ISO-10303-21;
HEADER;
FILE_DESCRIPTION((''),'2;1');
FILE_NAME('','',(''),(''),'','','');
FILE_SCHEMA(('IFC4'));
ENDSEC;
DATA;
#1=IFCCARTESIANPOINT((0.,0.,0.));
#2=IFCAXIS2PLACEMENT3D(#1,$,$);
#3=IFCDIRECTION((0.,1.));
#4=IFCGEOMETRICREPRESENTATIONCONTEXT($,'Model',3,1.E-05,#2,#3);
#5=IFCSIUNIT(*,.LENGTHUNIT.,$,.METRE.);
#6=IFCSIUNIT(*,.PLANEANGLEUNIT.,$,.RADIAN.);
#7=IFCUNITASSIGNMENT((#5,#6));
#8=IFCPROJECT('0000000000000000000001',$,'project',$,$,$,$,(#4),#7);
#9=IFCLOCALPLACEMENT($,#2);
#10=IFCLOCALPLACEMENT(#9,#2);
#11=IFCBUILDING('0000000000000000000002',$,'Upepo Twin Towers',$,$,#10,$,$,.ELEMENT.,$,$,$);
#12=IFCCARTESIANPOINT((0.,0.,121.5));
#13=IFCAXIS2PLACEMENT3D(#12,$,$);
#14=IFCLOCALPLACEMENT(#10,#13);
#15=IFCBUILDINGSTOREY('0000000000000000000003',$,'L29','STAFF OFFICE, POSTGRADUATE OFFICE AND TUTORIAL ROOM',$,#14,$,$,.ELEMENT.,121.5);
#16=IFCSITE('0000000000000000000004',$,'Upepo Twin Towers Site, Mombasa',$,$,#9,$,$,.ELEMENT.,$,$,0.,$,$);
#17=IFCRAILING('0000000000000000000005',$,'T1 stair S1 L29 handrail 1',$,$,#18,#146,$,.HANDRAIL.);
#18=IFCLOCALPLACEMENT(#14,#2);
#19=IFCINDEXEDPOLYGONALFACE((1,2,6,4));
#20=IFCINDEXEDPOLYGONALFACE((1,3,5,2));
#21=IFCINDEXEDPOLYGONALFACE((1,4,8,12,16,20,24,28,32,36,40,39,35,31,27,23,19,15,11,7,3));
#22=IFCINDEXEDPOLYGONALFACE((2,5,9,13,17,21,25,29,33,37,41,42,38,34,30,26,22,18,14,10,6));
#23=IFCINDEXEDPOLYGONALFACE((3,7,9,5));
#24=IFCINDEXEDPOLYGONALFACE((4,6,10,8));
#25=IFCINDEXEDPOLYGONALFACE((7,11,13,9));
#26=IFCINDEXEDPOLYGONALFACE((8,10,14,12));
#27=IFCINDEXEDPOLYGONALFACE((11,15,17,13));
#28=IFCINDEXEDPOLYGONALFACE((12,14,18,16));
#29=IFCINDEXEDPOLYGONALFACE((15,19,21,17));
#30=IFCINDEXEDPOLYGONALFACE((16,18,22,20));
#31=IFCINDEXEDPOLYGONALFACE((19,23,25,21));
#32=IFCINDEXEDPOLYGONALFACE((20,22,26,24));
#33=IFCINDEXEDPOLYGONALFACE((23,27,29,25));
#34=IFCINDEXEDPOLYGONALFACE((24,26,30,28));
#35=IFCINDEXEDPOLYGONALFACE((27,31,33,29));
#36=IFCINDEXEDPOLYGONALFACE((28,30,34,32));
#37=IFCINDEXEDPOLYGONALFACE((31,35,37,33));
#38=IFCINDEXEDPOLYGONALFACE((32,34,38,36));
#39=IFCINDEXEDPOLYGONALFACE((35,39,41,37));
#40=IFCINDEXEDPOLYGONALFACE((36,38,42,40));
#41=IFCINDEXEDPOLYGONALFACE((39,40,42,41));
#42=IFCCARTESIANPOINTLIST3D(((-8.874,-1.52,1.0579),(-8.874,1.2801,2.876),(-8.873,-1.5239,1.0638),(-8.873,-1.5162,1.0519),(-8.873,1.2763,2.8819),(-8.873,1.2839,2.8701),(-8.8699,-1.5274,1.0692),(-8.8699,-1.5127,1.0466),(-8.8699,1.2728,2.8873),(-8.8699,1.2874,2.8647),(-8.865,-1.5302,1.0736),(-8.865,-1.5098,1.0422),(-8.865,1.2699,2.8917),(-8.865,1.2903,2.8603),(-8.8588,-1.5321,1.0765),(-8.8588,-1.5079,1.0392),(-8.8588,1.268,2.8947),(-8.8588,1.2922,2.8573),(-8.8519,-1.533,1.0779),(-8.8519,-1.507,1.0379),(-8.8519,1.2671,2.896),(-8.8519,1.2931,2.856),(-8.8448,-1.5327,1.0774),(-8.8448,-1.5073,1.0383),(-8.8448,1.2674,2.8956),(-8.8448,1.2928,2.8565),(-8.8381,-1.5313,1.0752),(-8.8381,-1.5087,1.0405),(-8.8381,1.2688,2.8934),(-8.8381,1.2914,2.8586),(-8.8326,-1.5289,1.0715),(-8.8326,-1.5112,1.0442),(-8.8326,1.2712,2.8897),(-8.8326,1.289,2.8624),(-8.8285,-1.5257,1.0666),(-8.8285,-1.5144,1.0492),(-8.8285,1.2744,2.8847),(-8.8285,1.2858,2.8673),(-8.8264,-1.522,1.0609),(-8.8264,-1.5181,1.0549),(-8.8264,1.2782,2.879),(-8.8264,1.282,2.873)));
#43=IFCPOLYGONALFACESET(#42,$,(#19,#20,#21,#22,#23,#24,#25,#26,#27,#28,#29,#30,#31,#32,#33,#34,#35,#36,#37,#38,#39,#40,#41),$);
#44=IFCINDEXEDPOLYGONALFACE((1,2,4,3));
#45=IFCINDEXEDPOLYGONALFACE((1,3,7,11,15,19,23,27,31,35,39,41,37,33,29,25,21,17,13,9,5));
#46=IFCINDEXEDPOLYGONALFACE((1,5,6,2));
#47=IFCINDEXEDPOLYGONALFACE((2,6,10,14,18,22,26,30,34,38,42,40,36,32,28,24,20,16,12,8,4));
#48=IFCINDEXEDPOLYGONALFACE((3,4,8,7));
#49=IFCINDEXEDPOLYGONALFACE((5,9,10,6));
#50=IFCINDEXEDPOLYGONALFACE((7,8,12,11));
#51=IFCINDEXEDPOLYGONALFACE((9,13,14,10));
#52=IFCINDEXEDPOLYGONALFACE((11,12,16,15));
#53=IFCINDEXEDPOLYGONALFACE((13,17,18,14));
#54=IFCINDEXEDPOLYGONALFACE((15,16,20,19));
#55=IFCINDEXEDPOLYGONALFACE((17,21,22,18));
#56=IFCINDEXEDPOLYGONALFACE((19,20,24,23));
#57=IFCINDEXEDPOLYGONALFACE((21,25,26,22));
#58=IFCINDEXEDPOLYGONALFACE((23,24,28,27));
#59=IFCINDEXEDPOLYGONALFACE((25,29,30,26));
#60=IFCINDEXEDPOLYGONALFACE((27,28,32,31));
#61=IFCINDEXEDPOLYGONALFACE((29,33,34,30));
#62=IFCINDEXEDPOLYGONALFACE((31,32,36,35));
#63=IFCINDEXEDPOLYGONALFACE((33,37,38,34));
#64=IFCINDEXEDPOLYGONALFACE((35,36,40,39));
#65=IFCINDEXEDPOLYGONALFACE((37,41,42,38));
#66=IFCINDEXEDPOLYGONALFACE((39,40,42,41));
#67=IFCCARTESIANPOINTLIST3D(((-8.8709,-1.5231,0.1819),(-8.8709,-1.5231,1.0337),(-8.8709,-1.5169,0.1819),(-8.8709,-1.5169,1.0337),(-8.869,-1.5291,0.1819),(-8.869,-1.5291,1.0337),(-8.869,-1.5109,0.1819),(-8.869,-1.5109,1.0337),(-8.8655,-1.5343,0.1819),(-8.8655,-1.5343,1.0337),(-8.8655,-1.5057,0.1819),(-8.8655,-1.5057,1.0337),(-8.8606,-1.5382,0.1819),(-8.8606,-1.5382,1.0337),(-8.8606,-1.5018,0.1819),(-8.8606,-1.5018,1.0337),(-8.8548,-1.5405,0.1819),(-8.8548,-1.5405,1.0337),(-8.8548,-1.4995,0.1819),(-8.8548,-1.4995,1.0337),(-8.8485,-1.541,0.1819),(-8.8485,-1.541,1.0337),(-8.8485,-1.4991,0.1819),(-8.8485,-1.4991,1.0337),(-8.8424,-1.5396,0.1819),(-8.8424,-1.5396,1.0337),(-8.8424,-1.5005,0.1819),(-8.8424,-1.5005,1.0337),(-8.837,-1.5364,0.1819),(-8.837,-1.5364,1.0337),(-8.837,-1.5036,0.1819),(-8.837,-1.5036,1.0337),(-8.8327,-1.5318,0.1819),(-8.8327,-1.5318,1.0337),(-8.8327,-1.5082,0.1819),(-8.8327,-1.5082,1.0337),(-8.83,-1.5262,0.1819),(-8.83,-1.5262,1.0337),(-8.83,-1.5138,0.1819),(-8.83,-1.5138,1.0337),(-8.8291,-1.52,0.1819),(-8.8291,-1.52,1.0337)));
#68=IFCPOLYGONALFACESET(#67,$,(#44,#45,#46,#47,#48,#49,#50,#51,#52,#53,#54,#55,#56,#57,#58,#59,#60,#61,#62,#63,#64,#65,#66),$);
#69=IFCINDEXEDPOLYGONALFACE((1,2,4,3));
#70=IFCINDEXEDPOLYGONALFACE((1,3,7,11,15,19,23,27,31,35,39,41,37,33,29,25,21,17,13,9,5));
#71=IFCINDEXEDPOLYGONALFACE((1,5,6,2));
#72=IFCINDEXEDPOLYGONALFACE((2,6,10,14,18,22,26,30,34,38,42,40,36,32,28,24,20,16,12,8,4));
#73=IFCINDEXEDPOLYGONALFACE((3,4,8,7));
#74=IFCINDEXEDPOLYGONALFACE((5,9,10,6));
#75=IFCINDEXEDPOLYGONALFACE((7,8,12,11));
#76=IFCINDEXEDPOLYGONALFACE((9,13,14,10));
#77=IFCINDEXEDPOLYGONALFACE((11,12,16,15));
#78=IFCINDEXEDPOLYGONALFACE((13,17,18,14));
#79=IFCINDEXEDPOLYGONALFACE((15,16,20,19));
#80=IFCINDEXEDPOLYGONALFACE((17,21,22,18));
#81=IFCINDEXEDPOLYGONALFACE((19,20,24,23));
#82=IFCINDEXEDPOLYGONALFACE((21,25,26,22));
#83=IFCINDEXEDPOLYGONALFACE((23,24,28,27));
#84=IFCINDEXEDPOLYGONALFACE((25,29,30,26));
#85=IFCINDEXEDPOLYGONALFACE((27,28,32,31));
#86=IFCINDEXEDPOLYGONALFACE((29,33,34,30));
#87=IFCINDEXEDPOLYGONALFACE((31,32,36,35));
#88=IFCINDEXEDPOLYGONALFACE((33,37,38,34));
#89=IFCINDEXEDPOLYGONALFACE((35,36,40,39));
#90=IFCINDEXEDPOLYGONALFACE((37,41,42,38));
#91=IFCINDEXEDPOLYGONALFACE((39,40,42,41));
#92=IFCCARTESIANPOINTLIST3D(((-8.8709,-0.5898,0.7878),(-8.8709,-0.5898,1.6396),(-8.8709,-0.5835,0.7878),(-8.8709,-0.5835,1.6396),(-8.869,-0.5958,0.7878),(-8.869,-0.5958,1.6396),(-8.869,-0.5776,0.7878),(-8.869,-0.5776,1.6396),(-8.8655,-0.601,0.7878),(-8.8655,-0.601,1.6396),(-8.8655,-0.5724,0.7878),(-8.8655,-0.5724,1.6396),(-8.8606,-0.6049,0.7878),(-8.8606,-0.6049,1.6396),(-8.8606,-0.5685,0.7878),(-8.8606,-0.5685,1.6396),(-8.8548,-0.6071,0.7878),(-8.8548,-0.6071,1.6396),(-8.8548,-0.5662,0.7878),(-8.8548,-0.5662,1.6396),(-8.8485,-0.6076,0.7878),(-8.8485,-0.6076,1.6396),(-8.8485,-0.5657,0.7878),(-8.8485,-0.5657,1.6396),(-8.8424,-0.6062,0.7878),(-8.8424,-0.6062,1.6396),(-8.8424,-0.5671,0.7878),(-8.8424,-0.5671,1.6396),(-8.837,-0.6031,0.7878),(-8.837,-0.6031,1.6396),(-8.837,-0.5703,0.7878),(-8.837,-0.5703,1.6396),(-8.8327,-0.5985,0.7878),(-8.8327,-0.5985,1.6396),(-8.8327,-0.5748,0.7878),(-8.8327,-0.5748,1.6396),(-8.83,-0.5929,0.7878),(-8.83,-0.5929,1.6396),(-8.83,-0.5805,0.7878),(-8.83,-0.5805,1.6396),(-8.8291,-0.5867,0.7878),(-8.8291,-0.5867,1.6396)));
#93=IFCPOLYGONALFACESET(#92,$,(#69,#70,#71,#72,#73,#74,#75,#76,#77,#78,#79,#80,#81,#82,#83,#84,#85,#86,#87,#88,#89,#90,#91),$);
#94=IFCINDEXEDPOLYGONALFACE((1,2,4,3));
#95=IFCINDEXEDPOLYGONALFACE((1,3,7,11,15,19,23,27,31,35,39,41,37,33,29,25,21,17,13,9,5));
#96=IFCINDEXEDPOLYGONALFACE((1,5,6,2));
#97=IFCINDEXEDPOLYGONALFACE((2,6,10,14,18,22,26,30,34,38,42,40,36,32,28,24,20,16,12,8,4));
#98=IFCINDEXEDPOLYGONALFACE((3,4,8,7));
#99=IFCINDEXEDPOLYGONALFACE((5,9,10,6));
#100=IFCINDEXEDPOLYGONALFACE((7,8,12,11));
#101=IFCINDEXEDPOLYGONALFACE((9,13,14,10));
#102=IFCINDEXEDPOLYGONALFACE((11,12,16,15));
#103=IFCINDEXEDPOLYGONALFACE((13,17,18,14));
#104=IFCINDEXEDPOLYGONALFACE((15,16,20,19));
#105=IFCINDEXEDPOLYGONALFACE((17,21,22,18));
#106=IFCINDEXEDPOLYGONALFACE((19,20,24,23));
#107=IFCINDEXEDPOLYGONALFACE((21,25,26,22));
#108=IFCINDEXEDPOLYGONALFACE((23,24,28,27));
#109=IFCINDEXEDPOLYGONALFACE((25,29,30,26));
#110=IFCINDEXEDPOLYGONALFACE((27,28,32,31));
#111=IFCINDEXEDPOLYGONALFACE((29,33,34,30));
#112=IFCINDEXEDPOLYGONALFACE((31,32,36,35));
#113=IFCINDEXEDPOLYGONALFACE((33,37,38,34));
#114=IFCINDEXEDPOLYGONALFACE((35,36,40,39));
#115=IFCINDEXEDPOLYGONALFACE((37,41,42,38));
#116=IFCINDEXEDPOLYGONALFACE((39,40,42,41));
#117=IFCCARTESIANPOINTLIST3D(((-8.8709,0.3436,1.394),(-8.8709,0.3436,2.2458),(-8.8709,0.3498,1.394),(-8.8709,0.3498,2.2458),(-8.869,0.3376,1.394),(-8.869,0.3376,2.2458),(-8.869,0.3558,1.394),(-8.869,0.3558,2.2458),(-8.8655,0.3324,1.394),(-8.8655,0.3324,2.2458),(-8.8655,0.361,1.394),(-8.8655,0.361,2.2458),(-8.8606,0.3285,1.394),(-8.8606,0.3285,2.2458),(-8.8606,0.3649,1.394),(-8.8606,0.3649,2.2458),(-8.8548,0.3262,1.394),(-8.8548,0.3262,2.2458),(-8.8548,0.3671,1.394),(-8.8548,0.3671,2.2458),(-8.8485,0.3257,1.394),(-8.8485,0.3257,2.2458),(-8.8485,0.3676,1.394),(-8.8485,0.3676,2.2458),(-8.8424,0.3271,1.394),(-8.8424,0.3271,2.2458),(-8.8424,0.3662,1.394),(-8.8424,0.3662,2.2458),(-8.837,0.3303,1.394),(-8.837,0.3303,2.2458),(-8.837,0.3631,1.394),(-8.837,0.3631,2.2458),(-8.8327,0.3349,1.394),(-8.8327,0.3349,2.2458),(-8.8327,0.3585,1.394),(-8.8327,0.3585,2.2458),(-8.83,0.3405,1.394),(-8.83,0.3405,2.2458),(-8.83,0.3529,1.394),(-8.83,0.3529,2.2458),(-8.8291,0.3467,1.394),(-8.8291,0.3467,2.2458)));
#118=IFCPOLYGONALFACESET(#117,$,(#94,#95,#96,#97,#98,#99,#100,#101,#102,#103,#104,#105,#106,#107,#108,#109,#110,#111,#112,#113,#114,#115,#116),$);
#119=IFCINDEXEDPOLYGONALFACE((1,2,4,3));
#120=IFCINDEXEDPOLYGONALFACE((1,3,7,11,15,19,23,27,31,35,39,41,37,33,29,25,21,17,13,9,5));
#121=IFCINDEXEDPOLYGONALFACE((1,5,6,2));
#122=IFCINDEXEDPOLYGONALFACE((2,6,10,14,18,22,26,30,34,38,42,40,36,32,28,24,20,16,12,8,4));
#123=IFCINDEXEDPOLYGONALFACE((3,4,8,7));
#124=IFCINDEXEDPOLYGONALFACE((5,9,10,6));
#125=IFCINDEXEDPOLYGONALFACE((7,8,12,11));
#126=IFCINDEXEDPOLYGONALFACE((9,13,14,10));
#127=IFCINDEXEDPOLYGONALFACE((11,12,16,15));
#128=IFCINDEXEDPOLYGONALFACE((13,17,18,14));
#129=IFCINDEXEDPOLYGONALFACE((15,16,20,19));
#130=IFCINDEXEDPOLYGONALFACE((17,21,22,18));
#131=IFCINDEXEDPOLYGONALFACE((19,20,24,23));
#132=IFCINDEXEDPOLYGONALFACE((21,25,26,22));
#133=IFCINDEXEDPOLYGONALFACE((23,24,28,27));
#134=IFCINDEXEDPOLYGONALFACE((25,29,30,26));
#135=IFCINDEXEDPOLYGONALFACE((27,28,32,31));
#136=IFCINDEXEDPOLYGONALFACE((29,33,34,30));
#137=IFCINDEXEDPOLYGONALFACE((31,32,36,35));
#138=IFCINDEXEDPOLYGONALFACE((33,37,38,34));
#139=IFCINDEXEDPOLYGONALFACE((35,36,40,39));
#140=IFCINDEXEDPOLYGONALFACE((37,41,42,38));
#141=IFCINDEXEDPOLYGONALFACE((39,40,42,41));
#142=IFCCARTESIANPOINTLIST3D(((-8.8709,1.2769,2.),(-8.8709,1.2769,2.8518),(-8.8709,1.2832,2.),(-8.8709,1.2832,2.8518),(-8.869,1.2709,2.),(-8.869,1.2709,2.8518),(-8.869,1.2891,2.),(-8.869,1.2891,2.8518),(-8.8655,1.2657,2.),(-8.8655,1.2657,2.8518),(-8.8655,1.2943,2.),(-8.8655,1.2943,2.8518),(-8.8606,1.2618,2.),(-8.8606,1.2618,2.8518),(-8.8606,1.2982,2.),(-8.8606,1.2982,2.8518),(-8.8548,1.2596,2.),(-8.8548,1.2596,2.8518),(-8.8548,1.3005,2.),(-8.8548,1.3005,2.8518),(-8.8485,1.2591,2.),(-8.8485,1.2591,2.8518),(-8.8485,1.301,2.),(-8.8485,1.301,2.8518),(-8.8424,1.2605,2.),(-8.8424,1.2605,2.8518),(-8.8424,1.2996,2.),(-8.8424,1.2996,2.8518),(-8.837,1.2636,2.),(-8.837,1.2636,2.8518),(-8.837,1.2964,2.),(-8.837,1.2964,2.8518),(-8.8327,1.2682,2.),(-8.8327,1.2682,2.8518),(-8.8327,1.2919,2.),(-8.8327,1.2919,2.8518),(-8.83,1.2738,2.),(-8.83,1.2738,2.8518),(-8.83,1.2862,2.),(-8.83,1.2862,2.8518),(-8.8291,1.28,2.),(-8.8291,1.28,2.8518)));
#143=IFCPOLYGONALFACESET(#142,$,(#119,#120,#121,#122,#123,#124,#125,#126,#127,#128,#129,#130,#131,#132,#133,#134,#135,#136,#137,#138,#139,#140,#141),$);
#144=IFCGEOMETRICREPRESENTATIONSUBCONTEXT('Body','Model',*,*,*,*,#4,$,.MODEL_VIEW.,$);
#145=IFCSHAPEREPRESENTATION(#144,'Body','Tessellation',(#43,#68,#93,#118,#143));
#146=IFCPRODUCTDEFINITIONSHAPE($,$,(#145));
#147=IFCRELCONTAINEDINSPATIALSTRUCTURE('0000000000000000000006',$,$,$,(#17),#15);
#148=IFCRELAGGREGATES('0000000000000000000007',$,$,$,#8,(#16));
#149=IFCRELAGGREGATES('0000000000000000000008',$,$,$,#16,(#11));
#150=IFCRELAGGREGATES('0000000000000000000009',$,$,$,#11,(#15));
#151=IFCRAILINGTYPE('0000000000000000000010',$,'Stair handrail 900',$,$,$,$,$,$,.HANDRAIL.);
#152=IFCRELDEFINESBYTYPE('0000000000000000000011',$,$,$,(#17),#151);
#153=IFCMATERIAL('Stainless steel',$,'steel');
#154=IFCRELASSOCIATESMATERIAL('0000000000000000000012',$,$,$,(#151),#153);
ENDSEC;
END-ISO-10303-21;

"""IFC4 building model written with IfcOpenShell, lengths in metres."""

from ifc_helpers import new_model, si_unit, direction, frame, origin, origin_2d, place, context, subcontext, project, spatial, circle, extrude, material, type_object, element, save


model = new_model("IFC4")

# Units and contexts
model_context = context("Model", 3, precision=1e-05, world=origin(), true_north=direction((0.0, 1.0)))
body_context = subcontext(model_context, "Body", "Model", "MODEL_VIEW")
ifc_project = project(units=[si_unit("LENGTHUNIT", "METRE"), si_unit("PLANEANGLEUNIT", "RADIAN")], contexts=[model_context])

# Site, building, storey
site_placement = place(None, origin())
site = spatial("IfcSite", under=ifc_project, at=site_placement, Name="Upepo Twin Towers Site, Mombasa", CompositionType="ELEMENT", RefElevation=0.0)
building_placement = place(site_placement, origin())
building = spatial("IfcBuilding", under=site, at=building_placement, Name="Upepo Twin Towers", CompositionType="ELEMENT")
storey_placement = place(building_placement, frame((0.0, 0.0, 121.5)))
storey = spatial("IfcBuildingStorey", under=building, at=storey_placement, Name="L29", Description="STAFF OFFICE, POSTGRADUATE OFFICE AND TUTORIAL ROOM", CompositionType="ELEMENT", Elevation=121.5)

# Railing
ifc_material_1 = material(Name="Stainless steel", Category="steel")
railing_type = type_object("IfcRailingType", Name="Stair handrail 900", PredefinedType="HANDRAIL", material=ifc_material_1)
railing_1_placement = place(storey_placement, frame((-8.8501, -1.52, 0.1819)))
element("IfcRailing", 1, at=railing_1_placement, inside=storey, type_object=railing_type, Name="T1 stair S1 L29 handrail 1", PredefinedType="HANDRAIL", context=body_context, shape_type="SweptSolid", body=[
    extrude(circle(Radius=0.0239, at=origin_2d()), frame((0.0, 0.0, 0.876), z_axis=(0.0, 0.838706, 0.544585), x_axis=(-1.0, 0.0, 0.0)), (0.0, 0.0, 1.0), 3.3386),
    extrude(circle(Radius=0.021, at=origin_2d()), origin(), (0.0, 0.0, 1.0), 0.8518),
    extrude(circle(Radius=0.021, at=origin_2d()), frame((0.0, 0.9333, 0.606)), (0.0, 0.0, 1.0), 0.8518),
    extrude(circle(Radius=0.021, at=origin_2d()), frame((0.0, 1.8667, 1.2122)), (0.0, 0.0, 1.0), 0.8518),
    extrude(circle(Radius=0.021, at=origin_2d()), frame((0.0, 2.8, 1.8181)), (0.0, 0.0, 1.0), 0.8518),
])

save(model, "model.ifc")
